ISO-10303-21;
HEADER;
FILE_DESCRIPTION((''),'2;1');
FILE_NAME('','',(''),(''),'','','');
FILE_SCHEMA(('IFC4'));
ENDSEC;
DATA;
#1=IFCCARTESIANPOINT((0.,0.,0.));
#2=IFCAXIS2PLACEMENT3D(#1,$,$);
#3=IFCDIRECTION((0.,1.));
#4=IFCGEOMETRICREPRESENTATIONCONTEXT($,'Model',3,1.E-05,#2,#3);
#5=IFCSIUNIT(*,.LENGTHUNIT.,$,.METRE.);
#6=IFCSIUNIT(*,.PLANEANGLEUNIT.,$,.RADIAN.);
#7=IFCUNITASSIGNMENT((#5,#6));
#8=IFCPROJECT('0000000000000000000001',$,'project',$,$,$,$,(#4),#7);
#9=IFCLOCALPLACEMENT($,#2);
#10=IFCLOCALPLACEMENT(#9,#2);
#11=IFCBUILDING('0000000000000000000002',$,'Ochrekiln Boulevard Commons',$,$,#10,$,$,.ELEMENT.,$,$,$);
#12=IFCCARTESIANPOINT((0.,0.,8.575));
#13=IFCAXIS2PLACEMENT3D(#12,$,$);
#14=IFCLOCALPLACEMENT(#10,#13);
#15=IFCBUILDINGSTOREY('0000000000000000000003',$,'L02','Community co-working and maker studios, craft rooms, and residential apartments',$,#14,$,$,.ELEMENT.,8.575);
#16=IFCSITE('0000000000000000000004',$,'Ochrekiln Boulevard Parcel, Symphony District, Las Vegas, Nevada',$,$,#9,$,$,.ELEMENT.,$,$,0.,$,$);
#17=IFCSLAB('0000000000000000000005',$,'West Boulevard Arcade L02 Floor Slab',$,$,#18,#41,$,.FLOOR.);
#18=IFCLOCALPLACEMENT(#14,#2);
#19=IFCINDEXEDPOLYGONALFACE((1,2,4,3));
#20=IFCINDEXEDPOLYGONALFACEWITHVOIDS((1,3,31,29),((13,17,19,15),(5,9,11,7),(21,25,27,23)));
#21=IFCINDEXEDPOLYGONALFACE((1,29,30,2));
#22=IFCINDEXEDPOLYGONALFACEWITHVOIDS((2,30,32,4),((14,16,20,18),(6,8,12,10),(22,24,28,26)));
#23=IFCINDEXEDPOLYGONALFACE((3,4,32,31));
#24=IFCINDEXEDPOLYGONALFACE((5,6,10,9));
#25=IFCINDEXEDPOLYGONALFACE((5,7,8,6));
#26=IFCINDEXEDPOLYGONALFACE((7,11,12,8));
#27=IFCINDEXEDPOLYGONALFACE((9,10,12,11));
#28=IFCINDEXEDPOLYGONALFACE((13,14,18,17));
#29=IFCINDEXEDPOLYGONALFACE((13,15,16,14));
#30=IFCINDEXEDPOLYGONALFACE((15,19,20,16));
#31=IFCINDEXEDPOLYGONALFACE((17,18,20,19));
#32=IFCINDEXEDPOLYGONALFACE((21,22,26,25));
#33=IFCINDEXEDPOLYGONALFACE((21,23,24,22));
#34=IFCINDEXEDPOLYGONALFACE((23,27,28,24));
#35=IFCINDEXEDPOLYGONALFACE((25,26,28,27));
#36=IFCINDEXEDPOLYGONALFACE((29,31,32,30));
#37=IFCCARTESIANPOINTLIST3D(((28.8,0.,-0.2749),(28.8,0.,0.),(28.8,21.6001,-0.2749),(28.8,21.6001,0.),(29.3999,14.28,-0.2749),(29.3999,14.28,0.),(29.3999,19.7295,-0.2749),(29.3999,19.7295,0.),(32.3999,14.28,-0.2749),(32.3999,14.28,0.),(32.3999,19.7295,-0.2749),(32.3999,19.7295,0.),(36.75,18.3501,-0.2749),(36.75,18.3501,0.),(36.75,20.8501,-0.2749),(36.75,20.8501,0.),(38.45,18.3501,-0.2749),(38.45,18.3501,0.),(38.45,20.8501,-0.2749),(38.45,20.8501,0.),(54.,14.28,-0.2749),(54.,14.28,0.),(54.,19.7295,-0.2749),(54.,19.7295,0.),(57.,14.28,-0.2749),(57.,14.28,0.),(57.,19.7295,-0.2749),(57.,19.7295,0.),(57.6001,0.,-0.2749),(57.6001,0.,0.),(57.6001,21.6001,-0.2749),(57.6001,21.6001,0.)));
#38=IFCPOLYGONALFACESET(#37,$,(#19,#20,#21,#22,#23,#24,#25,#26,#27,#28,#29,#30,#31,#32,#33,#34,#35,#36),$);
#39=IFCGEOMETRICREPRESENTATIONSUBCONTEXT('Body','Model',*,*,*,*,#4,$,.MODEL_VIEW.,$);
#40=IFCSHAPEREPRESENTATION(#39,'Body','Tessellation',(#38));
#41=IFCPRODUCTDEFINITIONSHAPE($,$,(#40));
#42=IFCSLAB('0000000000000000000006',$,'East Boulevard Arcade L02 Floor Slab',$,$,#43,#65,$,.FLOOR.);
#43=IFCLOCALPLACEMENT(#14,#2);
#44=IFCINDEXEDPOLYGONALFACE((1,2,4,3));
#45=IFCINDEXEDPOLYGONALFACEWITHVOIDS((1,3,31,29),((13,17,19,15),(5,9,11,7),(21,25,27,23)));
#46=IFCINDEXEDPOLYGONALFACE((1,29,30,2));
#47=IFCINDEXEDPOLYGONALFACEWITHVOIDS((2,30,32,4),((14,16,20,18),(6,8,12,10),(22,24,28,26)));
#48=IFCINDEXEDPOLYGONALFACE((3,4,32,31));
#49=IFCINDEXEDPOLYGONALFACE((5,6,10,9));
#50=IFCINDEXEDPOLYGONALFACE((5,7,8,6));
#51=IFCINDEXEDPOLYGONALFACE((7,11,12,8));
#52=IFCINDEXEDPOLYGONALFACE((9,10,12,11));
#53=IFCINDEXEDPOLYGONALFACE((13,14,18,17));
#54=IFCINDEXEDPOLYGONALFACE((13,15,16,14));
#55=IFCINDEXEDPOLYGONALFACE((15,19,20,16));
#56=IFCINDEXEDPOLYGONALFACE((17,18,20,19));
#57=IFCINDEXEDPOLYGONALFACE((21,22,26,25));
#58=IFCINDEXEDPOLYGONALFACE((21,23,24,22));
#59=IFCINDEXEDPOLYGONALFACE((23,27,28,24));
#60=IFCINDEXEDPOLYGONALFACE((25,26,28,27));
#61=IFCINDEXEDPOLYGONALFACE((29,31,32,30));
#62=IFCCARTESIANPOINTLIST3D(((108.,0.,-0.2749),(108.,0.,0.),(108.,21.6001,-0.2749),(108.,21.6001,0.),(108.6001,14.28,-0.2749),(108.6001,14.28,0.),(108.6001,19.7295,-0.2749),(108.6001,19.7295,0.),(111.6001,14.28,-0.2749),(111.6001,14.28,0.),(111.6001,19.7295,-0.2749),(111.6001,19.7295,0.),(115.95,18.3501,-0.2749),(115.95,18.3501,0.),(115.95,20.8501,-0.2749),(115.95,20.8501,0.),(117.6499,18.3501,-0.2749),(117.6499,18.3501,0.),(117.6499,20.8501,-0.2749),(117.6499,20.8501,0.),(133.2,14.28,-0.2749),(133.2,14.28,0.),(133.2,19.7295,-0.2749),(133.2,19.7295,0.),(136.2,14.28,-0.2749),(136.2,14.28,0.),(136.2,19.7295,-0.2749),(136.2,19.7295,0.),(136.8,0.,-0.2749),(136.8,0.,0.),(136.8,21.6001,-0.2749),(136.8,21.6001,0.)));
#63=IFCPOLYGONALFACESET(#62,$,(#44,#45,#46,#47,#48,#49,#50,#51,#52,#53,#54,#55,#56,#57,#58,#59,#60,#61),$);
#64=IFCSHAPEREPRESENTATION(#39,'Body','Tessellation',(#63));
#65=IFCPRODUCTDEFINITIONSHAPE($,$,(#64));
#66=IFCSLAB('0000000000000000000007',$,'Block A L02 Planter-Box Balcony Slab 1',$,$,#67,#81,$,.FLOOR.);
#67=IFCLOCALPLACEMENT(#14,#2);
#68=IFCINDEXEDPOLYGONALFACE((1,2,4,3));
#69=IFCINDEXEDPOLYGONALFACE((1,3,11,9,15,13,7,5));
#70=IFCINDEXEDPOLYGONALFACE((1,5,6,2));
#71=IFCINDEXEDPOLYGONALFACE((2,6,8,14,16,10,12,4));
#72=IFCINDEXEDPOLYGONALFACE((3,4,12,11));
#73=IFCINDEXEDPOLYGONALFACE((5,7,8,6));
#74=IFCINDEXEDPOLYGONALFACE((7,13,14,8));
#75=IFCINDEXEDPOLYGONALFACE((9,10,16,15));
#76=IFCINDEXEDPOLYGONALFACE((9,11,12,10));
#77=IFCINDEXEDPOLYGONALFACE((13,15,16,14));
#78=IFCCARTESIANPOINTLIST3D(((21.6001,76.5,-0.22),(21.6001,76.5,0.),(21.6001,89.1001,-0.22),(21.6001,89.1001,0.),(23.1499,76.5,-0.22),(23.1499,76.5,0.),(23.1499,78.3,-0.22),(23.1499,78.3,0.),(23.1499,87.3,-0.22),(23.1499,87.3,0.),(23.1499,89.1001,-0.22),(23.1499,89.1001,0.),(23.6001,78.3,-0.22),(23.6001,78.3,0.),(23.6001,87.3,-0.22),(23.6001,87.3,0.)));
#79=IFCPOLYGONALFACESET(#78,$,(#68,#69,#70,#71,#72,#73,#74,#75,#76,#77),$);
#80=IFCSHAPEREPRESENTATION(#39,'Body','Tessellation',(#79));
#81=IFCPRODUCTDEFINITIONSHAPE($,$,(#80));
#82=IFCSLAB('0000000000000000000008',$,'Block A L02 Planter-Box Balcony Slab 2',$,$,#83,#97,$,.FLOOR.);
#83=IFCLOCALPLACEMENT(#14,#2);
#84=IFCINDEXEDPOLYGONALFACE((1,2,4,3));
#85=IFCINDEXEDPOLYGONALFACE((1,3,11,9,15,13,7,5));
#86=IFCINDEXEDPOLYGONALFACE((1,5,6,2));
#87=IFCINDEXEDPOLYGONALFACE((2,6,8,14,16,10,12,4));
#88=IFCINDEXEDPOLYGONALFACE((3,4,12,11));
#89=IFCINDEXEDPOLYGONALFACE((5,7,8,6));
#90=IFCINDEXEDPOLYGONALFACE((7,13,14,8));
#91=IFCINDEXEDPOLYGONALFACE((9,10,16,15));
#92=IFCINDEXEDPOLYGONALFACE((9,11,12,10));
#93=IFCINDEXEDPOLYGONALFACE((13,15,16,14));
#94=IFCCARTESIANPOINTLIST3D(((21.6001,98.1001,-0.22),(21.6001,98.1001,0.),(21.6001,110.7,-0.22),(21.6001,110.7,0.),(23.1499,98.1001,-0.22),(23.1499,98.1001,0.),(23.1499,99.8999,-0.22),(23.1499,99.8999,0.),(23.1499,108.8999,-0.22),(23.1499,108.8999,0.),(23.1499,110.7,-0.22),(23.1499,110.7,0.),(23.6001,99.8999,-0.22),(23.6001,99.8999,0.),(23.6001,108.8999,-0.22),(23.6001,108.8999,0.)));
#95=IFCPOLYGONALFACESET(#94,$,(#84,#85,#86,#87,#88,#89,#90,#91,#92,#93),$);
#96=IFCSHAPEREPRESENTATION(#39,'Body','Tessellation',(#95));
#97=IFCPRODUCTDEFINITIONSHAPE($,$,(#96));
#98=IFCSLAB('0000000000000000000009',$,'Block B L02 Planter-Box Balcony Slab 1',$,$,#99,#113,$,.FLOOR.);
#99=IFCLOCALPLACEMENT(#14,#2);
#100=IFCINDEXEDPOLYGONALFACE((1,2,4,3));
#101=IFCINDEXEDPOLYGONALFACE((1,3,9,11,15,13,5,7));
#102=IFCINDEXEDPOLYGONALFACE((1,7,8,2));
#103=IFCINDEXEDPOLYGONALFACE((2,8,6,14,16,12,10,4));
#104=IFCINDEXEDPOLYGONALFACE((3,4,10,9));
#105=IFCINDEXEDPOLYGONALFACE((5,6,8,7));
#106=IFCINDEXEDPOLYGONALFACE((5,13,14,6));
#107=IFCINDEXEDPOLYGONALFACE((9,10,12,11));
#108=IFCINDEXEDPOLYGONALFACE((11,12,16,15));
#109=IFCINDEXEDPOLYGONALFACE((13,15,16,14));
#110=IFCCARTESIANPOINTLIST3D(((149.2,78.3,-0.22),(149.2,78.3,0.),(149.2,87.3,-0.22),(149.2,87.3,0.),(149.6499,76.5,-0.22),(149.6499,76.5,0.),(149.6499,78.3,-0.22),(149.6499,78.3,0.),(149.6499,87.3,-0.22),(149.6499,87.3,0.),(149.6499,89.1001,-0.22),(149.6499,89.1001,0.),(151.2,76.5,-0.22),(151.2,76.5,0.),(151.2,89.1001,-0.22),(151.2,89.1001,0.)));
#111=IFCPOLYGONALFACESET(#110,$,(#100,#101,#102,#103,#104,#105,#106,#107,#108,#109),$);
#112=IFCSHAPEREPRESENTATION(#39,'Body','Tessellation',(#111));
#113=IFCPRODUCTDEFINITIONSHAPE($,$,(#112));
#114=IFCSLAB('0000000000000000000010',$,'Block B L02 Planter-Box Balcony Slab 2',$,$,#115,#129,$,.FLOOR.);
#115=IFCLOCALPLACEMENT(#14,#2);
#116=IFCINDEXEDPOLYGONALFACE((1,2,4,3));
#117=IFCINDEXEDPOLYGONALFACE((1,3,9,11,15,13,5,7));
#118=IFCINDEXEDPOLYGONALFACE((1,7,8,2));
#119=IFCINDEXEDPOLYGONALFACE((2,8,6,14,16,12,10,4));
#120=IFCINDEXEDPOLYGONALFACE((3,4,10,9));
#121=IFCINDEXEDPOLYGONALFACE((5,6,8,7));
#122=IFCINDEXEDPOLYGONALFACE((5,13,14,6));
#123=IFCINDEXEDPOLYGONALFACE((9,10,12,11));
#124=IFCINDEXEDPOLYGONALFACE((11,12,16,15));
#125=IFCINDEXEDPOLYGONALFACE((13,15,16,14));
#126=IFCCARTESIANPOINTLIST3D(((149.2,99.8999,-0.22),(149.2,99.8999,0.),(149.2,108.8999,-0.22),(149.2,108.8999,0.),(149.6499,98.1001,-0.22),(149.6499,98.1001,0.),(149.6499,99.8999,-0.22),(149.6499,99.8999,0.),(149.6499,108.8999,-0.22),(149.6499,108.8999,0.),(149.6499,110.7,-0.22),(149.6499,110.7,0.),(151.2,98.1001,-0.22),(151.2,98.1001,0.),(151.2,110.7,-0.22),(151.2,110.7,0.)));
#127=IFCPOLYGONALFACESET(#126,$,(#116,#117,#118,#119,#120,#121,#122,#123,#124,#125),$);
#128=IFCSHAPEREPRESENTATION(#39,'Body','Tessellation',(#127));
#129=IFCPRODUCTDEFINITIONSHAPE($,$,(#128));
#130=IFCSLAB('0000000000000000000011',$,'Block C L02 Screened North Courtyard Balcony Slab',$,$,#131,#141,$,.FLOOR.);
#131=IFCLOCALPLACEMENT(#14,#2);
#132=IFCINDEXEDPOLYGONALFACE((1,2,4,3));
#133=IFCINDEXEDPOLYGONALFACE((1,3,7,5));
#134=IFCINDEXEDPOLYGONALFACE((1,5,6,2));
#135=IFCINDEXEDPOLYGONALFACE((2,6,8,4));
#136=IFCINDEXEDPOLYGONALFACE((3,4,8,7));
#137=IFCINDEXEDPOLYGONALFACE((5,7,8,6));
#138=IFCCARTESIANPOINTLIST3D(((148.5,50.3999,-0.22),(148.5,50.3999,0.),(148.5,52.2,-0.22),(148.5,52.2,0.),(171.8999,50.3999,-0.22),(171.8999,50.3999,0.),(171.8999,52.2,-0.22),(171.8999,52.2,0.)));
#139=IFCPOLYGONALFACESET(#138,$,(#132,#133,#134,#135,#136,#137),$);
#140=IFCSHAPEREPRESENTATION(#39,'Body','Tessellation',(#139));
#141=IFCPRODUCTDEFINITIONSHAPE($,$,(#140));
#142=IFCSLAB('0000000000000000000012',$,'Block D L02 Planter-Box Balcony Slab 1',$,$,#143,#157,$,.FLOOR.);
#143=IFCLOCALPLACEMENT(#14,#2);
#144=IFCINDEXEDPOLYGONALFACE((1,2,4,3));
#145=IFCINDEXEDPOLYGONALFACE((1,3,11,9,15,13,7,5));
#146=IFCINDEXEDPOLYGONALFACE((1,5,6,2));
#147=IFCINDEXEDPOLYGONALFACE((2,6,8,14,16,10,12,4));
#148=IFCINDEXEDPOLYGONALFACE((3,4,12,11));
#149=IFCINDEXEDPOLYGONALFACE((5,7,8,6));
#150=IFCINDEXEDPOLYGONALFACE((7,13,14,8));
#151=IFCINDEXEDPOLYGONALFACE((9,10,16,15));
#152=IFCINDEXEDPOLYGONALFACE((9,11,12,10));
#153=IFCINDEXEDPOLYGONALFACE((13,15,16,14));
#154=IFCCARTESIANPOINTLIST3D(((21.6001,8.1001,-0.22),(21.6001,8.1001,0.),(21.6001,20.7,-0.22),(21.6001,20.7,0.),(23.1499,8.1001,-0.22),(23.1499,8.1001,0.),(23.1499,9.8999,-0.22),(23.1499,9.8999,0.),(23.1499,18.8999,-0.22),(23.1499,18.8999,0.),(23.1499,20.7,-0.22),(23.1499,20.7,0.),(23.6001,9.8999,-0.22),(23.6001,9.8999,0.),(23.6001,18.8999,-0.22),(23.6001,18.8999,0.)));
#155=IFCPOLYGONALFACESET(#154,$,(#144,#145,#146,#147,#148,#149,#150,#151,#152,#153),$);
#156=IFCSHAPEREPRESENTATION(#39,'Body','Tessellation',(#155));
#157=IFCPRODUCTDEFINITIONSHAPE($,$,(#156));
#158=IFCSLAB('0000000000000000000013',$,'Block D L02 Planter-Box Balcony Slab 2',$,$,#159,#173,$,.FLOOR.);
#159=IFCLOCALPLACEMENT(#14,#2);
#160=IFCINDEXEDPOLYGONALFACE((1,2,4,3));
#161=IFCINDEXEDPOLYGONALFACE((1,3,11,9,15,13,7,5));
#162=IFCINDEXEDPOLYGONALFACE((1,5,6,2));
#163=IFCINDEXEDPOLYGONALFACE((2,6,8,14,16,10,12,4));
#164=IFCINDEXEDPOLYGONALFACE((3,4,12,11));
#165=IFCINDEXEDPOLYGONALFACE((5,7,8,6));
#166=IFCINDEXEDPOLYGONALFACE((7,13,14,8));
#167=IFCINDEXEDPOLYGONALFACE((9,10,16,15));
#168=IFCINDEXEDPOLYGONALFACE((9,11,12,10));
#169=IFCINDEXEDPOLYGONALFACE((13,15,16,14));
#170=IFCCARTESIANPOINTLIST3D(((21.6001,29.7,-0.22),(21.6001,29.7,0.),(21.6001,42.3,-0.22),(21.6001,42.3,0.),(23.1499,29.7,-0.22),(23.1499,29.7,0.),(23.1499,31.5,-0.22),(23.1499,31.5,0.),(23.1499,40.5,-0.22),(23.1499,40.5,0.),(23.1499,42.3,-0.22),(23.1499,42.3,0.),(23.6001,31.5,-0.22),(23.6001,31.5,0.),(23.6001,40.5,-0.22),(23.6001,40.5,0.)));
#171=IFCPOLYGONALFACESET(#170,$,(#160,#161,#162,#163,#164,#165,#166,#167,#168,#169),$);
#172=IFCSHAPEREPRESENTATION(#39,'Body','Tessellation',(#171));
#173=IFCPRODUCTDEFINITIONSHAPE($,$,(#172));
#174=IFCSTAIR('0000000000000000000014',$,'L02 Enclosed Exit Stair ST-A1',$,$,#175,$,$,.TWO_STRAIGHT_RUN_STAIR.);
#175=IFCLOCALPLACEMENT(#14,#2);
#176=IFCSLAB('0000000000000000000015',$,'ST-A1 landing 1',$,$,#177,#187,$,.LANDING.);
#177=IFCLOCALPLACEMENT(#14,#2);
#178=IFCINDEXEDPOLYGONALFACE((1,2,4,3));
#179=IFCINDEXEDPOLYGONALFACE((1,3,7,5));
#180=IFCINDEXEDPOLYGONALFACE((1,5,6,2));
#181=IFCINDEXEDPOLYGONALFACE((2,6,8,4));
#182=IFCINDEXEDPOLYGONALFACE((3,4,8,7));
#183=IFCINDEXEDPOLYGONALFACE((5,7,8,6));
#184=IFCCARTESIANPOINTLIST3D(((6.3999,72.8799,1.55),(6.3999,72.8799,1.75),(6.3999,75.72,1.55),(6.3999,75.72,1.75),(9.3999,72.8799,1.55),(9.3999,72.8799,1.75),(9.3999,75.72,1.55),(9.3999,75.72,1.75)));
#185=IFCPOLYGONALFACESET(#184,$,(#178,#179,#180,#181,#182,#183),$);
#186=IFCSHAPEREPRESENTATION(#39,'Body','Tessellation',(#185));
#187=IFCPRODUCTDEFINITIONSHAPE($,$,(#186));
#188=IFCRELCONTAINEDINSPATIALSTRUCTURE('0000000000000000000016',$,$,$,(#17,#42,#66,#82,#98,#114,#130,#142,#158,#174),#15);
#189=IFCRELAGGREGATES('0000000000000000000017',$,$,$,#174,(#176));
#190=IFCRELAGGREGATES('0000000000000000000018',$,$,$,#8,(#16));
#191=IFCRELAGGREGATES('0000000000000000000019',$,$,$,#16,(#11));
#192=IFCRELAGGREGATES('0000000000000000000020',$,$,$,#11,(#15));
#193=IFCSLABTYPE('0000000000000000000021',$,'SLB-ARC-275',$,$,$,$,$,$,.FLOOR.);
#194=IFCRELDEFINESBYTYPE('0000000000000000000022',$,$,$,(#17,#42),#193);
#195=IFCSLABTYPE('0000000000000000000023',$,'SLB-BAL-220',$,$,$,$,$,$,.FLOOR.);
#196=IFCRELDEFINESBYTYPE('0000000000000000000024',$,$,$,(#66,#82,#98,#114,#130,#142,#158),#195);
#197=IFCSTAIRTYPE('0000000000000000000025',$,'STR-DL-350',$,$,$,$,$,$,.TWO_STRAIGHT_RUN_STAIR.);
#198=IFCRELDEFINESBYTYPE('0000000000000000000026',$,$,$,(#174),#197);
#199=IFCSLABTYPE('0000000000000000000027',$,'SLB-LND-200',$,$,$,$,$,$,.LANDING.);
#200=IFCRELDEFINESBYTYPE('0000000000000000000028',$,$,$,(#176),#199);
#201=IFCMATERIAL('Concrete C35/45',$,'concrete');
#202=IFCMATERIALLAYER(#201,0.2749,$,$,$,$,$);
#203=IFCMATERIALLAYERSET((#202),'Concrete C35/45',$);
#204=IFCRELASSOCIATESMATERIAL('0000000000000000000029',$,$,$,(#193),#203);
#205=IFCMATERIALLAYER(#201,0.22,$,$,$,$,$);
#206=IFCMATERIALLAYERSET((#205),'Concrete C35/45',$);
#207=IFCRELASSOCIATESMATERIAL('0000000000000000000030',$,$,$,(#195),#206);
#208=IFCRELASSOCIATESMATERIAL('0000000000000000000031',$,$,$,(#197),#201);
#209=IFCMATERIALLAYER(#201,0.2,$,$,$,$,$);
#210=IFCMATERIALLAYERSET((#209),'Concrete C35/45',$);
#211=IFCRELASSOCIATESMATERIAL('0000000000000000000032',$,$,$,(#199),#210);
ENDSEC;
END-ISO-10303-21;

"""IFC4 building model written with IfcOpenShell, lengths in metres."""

from ifc_helpers import new_model, si_unit, direction, frame, origin, place, context, subcontext, project, spatial, polyline, outline, extrude, material, layer, layer_set, type_object, element, aggregate, save


model = new_model("IFC4")

# Units and contexts
model_context = context("Model", 3, precision=1e-05, world=origin(), true_north=direction((0.0, 1.0)))
body_context = subcontext(model_context, "Body", "Model", "MODEL_VIEW")
ifc_project = project(units=[si_unit("LENGTHUNIT", "METRE"), si_unit("PLANEANGLEUNIT", "RADIAN")], contexts=[model_context])

# Site, building, storey
site_placement = place(None, origin())
site = spatial("IfcSite", under=ifc_project, at=site_placement, Name="Ochrekiln Boulevard Parcel, Symphony District, Las Vegas, Nevada", CompositionType="ELEMENT", RefElevation=0.0)
building_placement = place(site_placement, origin())
building = spatial("IfcBuilding", under=site, at=building_placement, Name="Ochrekiln Boulevard Commons", CompositionType="ELEMENT")
storey_placement = place(building_placement, frame((0.0, 0.0, 8.575)))
storey = spatial("IfcBuildingStorey", under=building, at=storey_placement, Name="L02", Description="Community co-working and maker studios, craft rooms, and residential apartments", CompositionType="ELEMENT", Elevation=8.575)

# Slabs
ifc_material = material(Name="Concrete C35/45", Category="concrete")
ifc_layer_1 = layer(ifc_material, 0.2749)
ifc_layer_set_1 = layer_set([ifc_layer_1], Name="Concrete C35/45")
slab_type_1 = type_object("IfcSlabType", Name="SLB-ARC-275", PredefinedType="FLOOR", material=ifc_layer_set_1)
slab_1_placement = place(storey_placement, frame((0.0, 0.0, -0.2749)))
element("IfcSlab", 1, at=slab_1_placement, inside=storey, type_object=slab_type_1, Name="West Boulevard Arcade L02 Floor Slab", PredefinedType="FLOOR", context=body_context, shape_type="SweptSolid", body=[
    extrude(outline(polyline([(28.8, 0.0), (57.6001, 0.0), (57.6001, 21.6001), (28.8, 21.6001), (28.8, 0.0)]), holes=[polyline([(29.3999, 19.7295), (29.3999, 14.28), (32.3999, 14.28), (32.3999, 19.7295), (29.3999, 19.7295)]), polyline([(54.0, 19.7295), (54.0, 14.28), (57.0, 14.28), (57.0, 19.7295), (54.0, 19.7295)]), polyline([(36.75, 18.3501), (38.45, 18.3501), (38.45, 20.8501), (36.75, 20.8501), (36.75, 18.3501)])]), origin(), (0.0, 0.0, 1.0), 0.2749),
])
slab_2_placement = place(storey_placement, frame((0.0, 0.0, -0.2749)))
element("IfcSlab", 2, at=slab_2_placement, inside=storey, type_object=slab_type_1, Name="East Boulevard Arcade L02 Floor Slab", PredefinedType="FLOOR", context=body_context, shape_type="SweptSolid", body=[
    extrude(outline(polyline([(108.0, 0.0), (136.8, 0.0), (136.8, 21.6001), (108.0, 21.6001), (108.0, 0.0)]), holes=[polyline([(108.6001, 19.7295), (108.6001, 14.28), (111.6001, 14.28), (111.6001, 19.7295), (108.6001, 19.7295)]), polyline([(133.2, 19.7295), (133.2, 14.28), (136.2, 14.28), (136.2, 19.7295), (133.2, 19.7295)]), polyline([(115.95, 18.3501), (117.6499, 18.3501), (117.6499, 20.8501), (115.95, 20.8501), (115.95, 18.3501)])]), origin(), (0.0, 0.0, 1.0), 0.2749),
])
ifc_layer_2 = layer(ifc_material, 0.22)
ifc_layer_set_2 = layer_set([ifc_layer_2], Name="Concrete C35/45")
slab_type_2 = type_object("IfcSlabType", Name="SLB-BAL-220", PredefinedType="FLOOR", material=ifc_layer_set_2)
slab_3_placement = place(storey_placement, frame((0.0, 0.0, -0.22)))
element("IfcSlab", 3, at=slab_3_placement, inside=storey, type_object=slab_type_2, Name="Block A L02 Planter-Box Balcony Slab 1", PredefinedType="FLOOR", context=body_context, shape_type="SweptSolid", body=[
    extrude(outline(polyline([(21.6001, 76.5), (23.1499, 76.5), (23.1499, 78.3), (23.6001, 78.3), (23.6001, 87.3), (23.1499, 87.3), (23.1499, 89.1001), (21.6001, 89.1001), (21.6001, 76.5)])), origin(), (0.0, 0.0, 1.0), 0.22),
])
slab_4_placement = place(storey_placement, frame((0.0, 0.0, -0.22)))
element("IfcSlab", 4, at=slab_4_placement, inside=storey, type_object=slab_type_2, Name="Block A L02 Planter-Box Balcony Slab 2", PredefinedType="FLOOR", context=body_context, shape_type="SweptSolid", body=[
    extrude(outline(polyline([(21.6001, 98.1001), (23.1499, 98.1001), (23.1499, 99.8999), (23.6001, 99.8999), (23.6001, 108.8999), (23.1499, 108.8999), (23.1499, 110.7), (21.6001, 110.7), (21.6001, 98.1001)])), origin(), (0.0, 0.0, 1.0), 0.22),
])
slab_5_placement = place(storey_placement, frame((0.0, 0.0, -0.22)))
element("IfcSlab", 5, at=slab_5_placement, inside=storey, type_object=slab_type_2, Name="Block B L02 Planter-Box Balcony Slab 1", PredefinedType="FLOOR", context=body_context, shape_type="SweptSolid", body=[
    extrude(outline(polyline([(151.2, 76.5), (151.2, 89.1001), (149.6499, 89.1001), (149.6499, 87.3), (149.2, 87.3), (149.2, 78.3), (149.6499, 78.3), (149.6499, 76.5), (151.2, 76.5)])), origin(), (0.0, 0.0, 1.0), 0.22),
])
slab_6_placement = place(storey_placement, frame((0.0, 0.0, -0.22)))
element("IfcSlab", 6, at=slab_6_placement, inside=storey, type_object=slab_type_2, Name="Block B L02 Planter-Box Balcony Slab 2", PredefinedType="FLOOR", context=body_context, shape_type="SweptSolid", body=[
    extrude(outline(polyline([(151.2, 98.1001), (151.2, 110.7), (149.6499, 110.7), (149.6499, 108.8999), (149.2, 108.8999), (149.2, 99.8999), (149.6499, 99.8999), (149.6499, 98.1001), (151.2, 98.1001)])), origin(), (0.0, 0.0, 1.0), 0.22),
])
slab_7_placement = place(storey_placement, frame((0.0, 0.0, -0.22)))
element("IfcSlab", 7, at=slab_7_placement, inside=storey, type_object=slab_type_2, Name="Block C L02 Screened North Courtyard Balcony Slab", PredefinedType="FLOOR", context=body_context, shape_type="SweptSolid", body=[
    extrude(outline(polyline([(148.5, 50.3999), (171.8999, 50.3999), (171.8999, 52.2), (148.5, 52.2), (148.5, 50.3999)])), origin(), (0.0, 0.0, 1.0), 0.22),
])
slab_8_placement = place(storey_placement, frame((0.0, 0.0, -0.22)))
element("IfcSlab", 8, at=slab_8_placement, inside=storey, type_object=slab_type_2, Name="Block D L02 Planter-Box Balcony Slab 1", PredefinedType="FLOOR", context=body_context, shape_type="SweptSolid", body=[
    extrude(outline(polyline([(21.6001, 8.1001), (23.1499, 8.1001), (23.1499, 9.8999), (23.6001, 9.8999), (23.6001, 18.8999), (23.1499, 18.8999), (23.1499, 20.7), (21.6001, 20.7), (21.6001, 8.1001)])), origin(), (0.0, 0.0, 1.0), 0.22),
])
slab_9_placement = place(storey_placement, frame((0.0, 0.0, -0.22)))
element("IfcSlab", 9, at=slab_9_placement, inside=storey, type_object=slab_type_2, Name="Block D L02 Planter-Box Balcony Slab 2", PredefinedType="FLOOR", context=body_context, shape_type="SweptSolid", body=[
    extrude(outline(polyline([(21.6001, 29.7), (23.1499, 29.7), (23.1499, 31.5), (23.6001, 31.5), (23.6001, 40.5), (23.1499, 40.5), (23.1499, 42.3), (21.6001, 42.3), (21.6001, 29.7)])), origin(), (0.0, 0.0, 1.0), 0.22),
])

# Stair, slab
stair_type = type_object("IfcStairType", Name="STR-DL-350", PredefinedType="TWO_STRAIGHT_RUN_STAIR", material=ifc_material)
stair_1_placement = place(storey_placement, origin())
stair_1 = element("IfcStair", 10, at=stair_1_placement, inside=storey, type_object=stair_type, Name="L02 Enclosed Exit Stair ST-A1", PredefinedType="TWO_STRAIGHT_RUN_STAIR")
ifc_layer_3 = layer(ifc_material, 0.2)
ifc_layer_set_3 = layer_set([ifc_layer_3], Name="Concrete C35/45")
slab_type_3 = type_object("IfcSlabType", Name="SLB-LND-200", PredefinedType="LANDING", material=ifc_layer_set_3)
slab_10_placement = place(storey_placement, frame((0.0, 0.0, 1.55)))
slab_10 = element("IfcSlab", 11, at=slab_10_placement, type_object=slab_type_3, Name="ST-A1 landing 1", PredefinedType="LANDING", context=body_context, shape_type="SweptSolid", body=[
    extrude(outline(polyline([(9.3999, 72.8799), (9.3999, 75.72), (6.3999, 75.72), (6.3999, 72.8799), (9.3999, 72.8799)])), origin(), (0.0, 0.0, 1.0), 0.2),
])
aggregate(stair_1, [slab_10])

save(model, "model.ifc")
